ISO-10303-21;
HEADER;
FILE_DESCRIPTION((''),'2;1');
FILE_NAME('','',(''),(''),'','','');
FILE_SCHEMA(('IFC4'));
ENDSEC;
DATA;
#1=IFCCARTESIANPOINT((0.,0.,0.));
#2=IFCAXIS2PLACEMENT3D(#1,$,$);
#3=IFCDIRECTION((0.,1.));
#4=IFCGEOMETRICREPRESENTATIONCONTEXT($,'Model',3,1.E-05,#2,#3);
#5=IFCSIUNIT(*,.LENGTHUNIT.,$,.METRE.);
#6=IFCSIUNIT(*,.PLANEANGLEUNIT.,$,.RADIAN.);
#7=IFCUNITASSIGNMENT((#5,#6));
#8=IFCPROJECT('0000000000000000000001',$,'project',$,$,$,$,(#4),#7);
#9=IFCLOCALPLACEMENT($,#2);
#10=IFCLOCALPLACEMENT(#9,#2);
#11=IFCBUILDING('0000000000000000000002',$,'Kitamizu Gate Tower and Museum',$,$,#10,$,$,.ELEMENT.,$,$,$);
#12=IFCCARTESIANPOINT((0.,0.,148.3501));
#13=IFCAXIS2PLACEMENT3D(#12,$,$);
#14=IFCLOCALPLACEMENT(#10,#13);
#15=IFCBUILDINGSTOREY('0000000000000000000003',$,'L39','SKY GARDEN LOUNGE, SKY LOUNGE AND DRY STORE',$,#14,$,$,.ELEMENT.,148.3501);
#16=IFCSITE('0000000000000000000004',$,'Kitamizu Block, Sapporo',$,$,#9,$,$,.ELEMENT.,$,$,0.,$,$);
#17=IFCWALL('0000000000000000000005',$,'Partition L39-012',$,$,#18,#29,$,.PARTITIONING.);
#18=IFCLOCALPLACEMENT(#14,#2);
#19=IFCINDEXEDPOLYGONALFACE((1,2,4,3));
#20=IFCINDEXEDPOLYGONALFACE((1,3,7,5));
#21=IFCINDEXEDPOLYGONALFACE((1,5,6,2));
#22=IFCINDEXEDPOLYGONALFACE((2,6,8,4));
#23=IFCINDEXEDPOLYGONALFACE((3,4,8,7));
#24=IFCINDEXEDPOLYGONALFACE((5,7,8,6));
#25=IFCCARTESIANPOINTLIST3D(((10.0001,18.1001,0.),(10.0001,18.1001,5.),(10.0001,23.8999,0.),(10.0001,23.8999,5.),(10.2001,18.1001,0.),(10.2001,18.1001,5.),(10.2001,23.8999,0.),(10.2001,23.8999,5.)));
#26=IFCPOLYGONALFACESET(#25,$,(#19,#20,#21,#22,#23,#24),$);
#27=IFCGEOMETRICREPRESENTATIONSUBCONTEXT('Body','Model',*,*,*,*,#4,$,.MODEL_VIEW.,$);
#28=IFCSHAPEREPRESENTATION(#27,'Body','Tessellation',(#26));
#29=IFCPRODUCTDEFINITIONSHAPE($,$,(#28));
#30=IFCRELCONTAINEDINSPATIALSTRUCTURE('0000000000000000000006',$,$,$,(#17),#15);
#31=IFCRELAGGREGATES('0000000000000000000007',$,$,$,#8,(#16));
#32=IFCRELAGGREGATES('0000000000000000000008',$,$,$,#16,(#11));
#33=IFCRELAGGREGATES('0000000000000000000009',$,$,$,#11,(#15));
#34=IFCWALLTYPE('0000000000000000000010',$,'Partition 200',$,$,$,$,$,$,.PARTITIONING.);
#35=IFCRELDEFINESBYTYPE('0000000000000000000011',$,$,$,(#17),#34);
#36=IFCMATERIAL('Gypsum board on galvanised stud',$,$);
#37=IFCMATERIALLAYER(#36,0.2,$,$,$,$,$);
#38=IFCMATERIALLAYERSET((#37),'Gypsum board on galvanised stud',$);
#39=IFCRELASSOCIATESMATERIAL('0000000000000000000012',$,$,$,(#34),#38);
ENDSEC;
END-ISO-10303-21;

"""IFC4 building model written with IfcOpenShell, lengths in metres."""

from ifc_helpers import new_model, si_unit, direction, frame, frame_2d, origin, place, context, subcontext, project, spatial, rectangle, extrude, material, layer, layer_set, type_object, element, save


model = new_model("IFC4")

# Units and contexts
model_context = context("Model", 3, precision=1e-05, world=origin(), true_north=direction((0.0, 1.0)))
body_context = subcontext(model_context, "Body", "Model", "MODEL_VIEW")
ifc_project = project(units=[si_unit("LENGTHUNIT", "METRE"), si_unit("PLANEANGLEUNIT", "RADIAN")], contexts=[model_context])

# Site, building, storey
site_placement = place(None, origin())
site = spatial("IfcSite", under=ifc_project, at=site_placement, Name="Kitamizu Block, Sapporo", CompositionType="ELEMENT", RefElevation=0.0)
building_placement = place(site_placement, origin())
building = spatial("IfcBuilding", under=site, at=building_placement, Name="Kitamizu Gate Tower and Museum", CompositionType="ELEMENT")
storey_placement = place(building_placement, frame((0.0, 0.0, 148.3501)))
storey = spatial("IfcBuildingStorey", under=building, at=storey_placement, Name="L39", Description="SKY GARDEN LOUNGE, SKY LOUNGE AND DRY STORE", CompositionType="ELEMENT", Elevation=148.3501)

# Wall
ifc_material_1 = material(Name="Gypsum board on galvanised stud")
ifc_layer_1 = layer(ifc_material_1, 0.2)
ifc_layer_set_1 = layer_set([ifc_layer_1], Name="Gypsum board on galvanised stud")
wall_type = type_object("IfcWallType", Name="Partition 200", PredefinedType="PARTITIONING", material=ifc_layer_set_1)
wall_placement = place(storey_placement, frame((10.1001, 23.8999, 0.0), z_axis=(0.0, 0.0, 1.0), x_axis=(0.0, -1.0, 0.0)))
element("IfcWall", 1, at=wall_placement, inside=storey, type_object=wall_type, Name="Partition L39-012", PredefinedType="PARTITIONING", context=body_context, shape_type="SweptSolid", body=[
    extrude(rectangle(XDim=5.7998, YDim=0.2, at=frame_2d((2.8999, 0.0))), origin(), (0.0, 0.0, 1.0), 5.0),
])

save(model, "model.ifc")
